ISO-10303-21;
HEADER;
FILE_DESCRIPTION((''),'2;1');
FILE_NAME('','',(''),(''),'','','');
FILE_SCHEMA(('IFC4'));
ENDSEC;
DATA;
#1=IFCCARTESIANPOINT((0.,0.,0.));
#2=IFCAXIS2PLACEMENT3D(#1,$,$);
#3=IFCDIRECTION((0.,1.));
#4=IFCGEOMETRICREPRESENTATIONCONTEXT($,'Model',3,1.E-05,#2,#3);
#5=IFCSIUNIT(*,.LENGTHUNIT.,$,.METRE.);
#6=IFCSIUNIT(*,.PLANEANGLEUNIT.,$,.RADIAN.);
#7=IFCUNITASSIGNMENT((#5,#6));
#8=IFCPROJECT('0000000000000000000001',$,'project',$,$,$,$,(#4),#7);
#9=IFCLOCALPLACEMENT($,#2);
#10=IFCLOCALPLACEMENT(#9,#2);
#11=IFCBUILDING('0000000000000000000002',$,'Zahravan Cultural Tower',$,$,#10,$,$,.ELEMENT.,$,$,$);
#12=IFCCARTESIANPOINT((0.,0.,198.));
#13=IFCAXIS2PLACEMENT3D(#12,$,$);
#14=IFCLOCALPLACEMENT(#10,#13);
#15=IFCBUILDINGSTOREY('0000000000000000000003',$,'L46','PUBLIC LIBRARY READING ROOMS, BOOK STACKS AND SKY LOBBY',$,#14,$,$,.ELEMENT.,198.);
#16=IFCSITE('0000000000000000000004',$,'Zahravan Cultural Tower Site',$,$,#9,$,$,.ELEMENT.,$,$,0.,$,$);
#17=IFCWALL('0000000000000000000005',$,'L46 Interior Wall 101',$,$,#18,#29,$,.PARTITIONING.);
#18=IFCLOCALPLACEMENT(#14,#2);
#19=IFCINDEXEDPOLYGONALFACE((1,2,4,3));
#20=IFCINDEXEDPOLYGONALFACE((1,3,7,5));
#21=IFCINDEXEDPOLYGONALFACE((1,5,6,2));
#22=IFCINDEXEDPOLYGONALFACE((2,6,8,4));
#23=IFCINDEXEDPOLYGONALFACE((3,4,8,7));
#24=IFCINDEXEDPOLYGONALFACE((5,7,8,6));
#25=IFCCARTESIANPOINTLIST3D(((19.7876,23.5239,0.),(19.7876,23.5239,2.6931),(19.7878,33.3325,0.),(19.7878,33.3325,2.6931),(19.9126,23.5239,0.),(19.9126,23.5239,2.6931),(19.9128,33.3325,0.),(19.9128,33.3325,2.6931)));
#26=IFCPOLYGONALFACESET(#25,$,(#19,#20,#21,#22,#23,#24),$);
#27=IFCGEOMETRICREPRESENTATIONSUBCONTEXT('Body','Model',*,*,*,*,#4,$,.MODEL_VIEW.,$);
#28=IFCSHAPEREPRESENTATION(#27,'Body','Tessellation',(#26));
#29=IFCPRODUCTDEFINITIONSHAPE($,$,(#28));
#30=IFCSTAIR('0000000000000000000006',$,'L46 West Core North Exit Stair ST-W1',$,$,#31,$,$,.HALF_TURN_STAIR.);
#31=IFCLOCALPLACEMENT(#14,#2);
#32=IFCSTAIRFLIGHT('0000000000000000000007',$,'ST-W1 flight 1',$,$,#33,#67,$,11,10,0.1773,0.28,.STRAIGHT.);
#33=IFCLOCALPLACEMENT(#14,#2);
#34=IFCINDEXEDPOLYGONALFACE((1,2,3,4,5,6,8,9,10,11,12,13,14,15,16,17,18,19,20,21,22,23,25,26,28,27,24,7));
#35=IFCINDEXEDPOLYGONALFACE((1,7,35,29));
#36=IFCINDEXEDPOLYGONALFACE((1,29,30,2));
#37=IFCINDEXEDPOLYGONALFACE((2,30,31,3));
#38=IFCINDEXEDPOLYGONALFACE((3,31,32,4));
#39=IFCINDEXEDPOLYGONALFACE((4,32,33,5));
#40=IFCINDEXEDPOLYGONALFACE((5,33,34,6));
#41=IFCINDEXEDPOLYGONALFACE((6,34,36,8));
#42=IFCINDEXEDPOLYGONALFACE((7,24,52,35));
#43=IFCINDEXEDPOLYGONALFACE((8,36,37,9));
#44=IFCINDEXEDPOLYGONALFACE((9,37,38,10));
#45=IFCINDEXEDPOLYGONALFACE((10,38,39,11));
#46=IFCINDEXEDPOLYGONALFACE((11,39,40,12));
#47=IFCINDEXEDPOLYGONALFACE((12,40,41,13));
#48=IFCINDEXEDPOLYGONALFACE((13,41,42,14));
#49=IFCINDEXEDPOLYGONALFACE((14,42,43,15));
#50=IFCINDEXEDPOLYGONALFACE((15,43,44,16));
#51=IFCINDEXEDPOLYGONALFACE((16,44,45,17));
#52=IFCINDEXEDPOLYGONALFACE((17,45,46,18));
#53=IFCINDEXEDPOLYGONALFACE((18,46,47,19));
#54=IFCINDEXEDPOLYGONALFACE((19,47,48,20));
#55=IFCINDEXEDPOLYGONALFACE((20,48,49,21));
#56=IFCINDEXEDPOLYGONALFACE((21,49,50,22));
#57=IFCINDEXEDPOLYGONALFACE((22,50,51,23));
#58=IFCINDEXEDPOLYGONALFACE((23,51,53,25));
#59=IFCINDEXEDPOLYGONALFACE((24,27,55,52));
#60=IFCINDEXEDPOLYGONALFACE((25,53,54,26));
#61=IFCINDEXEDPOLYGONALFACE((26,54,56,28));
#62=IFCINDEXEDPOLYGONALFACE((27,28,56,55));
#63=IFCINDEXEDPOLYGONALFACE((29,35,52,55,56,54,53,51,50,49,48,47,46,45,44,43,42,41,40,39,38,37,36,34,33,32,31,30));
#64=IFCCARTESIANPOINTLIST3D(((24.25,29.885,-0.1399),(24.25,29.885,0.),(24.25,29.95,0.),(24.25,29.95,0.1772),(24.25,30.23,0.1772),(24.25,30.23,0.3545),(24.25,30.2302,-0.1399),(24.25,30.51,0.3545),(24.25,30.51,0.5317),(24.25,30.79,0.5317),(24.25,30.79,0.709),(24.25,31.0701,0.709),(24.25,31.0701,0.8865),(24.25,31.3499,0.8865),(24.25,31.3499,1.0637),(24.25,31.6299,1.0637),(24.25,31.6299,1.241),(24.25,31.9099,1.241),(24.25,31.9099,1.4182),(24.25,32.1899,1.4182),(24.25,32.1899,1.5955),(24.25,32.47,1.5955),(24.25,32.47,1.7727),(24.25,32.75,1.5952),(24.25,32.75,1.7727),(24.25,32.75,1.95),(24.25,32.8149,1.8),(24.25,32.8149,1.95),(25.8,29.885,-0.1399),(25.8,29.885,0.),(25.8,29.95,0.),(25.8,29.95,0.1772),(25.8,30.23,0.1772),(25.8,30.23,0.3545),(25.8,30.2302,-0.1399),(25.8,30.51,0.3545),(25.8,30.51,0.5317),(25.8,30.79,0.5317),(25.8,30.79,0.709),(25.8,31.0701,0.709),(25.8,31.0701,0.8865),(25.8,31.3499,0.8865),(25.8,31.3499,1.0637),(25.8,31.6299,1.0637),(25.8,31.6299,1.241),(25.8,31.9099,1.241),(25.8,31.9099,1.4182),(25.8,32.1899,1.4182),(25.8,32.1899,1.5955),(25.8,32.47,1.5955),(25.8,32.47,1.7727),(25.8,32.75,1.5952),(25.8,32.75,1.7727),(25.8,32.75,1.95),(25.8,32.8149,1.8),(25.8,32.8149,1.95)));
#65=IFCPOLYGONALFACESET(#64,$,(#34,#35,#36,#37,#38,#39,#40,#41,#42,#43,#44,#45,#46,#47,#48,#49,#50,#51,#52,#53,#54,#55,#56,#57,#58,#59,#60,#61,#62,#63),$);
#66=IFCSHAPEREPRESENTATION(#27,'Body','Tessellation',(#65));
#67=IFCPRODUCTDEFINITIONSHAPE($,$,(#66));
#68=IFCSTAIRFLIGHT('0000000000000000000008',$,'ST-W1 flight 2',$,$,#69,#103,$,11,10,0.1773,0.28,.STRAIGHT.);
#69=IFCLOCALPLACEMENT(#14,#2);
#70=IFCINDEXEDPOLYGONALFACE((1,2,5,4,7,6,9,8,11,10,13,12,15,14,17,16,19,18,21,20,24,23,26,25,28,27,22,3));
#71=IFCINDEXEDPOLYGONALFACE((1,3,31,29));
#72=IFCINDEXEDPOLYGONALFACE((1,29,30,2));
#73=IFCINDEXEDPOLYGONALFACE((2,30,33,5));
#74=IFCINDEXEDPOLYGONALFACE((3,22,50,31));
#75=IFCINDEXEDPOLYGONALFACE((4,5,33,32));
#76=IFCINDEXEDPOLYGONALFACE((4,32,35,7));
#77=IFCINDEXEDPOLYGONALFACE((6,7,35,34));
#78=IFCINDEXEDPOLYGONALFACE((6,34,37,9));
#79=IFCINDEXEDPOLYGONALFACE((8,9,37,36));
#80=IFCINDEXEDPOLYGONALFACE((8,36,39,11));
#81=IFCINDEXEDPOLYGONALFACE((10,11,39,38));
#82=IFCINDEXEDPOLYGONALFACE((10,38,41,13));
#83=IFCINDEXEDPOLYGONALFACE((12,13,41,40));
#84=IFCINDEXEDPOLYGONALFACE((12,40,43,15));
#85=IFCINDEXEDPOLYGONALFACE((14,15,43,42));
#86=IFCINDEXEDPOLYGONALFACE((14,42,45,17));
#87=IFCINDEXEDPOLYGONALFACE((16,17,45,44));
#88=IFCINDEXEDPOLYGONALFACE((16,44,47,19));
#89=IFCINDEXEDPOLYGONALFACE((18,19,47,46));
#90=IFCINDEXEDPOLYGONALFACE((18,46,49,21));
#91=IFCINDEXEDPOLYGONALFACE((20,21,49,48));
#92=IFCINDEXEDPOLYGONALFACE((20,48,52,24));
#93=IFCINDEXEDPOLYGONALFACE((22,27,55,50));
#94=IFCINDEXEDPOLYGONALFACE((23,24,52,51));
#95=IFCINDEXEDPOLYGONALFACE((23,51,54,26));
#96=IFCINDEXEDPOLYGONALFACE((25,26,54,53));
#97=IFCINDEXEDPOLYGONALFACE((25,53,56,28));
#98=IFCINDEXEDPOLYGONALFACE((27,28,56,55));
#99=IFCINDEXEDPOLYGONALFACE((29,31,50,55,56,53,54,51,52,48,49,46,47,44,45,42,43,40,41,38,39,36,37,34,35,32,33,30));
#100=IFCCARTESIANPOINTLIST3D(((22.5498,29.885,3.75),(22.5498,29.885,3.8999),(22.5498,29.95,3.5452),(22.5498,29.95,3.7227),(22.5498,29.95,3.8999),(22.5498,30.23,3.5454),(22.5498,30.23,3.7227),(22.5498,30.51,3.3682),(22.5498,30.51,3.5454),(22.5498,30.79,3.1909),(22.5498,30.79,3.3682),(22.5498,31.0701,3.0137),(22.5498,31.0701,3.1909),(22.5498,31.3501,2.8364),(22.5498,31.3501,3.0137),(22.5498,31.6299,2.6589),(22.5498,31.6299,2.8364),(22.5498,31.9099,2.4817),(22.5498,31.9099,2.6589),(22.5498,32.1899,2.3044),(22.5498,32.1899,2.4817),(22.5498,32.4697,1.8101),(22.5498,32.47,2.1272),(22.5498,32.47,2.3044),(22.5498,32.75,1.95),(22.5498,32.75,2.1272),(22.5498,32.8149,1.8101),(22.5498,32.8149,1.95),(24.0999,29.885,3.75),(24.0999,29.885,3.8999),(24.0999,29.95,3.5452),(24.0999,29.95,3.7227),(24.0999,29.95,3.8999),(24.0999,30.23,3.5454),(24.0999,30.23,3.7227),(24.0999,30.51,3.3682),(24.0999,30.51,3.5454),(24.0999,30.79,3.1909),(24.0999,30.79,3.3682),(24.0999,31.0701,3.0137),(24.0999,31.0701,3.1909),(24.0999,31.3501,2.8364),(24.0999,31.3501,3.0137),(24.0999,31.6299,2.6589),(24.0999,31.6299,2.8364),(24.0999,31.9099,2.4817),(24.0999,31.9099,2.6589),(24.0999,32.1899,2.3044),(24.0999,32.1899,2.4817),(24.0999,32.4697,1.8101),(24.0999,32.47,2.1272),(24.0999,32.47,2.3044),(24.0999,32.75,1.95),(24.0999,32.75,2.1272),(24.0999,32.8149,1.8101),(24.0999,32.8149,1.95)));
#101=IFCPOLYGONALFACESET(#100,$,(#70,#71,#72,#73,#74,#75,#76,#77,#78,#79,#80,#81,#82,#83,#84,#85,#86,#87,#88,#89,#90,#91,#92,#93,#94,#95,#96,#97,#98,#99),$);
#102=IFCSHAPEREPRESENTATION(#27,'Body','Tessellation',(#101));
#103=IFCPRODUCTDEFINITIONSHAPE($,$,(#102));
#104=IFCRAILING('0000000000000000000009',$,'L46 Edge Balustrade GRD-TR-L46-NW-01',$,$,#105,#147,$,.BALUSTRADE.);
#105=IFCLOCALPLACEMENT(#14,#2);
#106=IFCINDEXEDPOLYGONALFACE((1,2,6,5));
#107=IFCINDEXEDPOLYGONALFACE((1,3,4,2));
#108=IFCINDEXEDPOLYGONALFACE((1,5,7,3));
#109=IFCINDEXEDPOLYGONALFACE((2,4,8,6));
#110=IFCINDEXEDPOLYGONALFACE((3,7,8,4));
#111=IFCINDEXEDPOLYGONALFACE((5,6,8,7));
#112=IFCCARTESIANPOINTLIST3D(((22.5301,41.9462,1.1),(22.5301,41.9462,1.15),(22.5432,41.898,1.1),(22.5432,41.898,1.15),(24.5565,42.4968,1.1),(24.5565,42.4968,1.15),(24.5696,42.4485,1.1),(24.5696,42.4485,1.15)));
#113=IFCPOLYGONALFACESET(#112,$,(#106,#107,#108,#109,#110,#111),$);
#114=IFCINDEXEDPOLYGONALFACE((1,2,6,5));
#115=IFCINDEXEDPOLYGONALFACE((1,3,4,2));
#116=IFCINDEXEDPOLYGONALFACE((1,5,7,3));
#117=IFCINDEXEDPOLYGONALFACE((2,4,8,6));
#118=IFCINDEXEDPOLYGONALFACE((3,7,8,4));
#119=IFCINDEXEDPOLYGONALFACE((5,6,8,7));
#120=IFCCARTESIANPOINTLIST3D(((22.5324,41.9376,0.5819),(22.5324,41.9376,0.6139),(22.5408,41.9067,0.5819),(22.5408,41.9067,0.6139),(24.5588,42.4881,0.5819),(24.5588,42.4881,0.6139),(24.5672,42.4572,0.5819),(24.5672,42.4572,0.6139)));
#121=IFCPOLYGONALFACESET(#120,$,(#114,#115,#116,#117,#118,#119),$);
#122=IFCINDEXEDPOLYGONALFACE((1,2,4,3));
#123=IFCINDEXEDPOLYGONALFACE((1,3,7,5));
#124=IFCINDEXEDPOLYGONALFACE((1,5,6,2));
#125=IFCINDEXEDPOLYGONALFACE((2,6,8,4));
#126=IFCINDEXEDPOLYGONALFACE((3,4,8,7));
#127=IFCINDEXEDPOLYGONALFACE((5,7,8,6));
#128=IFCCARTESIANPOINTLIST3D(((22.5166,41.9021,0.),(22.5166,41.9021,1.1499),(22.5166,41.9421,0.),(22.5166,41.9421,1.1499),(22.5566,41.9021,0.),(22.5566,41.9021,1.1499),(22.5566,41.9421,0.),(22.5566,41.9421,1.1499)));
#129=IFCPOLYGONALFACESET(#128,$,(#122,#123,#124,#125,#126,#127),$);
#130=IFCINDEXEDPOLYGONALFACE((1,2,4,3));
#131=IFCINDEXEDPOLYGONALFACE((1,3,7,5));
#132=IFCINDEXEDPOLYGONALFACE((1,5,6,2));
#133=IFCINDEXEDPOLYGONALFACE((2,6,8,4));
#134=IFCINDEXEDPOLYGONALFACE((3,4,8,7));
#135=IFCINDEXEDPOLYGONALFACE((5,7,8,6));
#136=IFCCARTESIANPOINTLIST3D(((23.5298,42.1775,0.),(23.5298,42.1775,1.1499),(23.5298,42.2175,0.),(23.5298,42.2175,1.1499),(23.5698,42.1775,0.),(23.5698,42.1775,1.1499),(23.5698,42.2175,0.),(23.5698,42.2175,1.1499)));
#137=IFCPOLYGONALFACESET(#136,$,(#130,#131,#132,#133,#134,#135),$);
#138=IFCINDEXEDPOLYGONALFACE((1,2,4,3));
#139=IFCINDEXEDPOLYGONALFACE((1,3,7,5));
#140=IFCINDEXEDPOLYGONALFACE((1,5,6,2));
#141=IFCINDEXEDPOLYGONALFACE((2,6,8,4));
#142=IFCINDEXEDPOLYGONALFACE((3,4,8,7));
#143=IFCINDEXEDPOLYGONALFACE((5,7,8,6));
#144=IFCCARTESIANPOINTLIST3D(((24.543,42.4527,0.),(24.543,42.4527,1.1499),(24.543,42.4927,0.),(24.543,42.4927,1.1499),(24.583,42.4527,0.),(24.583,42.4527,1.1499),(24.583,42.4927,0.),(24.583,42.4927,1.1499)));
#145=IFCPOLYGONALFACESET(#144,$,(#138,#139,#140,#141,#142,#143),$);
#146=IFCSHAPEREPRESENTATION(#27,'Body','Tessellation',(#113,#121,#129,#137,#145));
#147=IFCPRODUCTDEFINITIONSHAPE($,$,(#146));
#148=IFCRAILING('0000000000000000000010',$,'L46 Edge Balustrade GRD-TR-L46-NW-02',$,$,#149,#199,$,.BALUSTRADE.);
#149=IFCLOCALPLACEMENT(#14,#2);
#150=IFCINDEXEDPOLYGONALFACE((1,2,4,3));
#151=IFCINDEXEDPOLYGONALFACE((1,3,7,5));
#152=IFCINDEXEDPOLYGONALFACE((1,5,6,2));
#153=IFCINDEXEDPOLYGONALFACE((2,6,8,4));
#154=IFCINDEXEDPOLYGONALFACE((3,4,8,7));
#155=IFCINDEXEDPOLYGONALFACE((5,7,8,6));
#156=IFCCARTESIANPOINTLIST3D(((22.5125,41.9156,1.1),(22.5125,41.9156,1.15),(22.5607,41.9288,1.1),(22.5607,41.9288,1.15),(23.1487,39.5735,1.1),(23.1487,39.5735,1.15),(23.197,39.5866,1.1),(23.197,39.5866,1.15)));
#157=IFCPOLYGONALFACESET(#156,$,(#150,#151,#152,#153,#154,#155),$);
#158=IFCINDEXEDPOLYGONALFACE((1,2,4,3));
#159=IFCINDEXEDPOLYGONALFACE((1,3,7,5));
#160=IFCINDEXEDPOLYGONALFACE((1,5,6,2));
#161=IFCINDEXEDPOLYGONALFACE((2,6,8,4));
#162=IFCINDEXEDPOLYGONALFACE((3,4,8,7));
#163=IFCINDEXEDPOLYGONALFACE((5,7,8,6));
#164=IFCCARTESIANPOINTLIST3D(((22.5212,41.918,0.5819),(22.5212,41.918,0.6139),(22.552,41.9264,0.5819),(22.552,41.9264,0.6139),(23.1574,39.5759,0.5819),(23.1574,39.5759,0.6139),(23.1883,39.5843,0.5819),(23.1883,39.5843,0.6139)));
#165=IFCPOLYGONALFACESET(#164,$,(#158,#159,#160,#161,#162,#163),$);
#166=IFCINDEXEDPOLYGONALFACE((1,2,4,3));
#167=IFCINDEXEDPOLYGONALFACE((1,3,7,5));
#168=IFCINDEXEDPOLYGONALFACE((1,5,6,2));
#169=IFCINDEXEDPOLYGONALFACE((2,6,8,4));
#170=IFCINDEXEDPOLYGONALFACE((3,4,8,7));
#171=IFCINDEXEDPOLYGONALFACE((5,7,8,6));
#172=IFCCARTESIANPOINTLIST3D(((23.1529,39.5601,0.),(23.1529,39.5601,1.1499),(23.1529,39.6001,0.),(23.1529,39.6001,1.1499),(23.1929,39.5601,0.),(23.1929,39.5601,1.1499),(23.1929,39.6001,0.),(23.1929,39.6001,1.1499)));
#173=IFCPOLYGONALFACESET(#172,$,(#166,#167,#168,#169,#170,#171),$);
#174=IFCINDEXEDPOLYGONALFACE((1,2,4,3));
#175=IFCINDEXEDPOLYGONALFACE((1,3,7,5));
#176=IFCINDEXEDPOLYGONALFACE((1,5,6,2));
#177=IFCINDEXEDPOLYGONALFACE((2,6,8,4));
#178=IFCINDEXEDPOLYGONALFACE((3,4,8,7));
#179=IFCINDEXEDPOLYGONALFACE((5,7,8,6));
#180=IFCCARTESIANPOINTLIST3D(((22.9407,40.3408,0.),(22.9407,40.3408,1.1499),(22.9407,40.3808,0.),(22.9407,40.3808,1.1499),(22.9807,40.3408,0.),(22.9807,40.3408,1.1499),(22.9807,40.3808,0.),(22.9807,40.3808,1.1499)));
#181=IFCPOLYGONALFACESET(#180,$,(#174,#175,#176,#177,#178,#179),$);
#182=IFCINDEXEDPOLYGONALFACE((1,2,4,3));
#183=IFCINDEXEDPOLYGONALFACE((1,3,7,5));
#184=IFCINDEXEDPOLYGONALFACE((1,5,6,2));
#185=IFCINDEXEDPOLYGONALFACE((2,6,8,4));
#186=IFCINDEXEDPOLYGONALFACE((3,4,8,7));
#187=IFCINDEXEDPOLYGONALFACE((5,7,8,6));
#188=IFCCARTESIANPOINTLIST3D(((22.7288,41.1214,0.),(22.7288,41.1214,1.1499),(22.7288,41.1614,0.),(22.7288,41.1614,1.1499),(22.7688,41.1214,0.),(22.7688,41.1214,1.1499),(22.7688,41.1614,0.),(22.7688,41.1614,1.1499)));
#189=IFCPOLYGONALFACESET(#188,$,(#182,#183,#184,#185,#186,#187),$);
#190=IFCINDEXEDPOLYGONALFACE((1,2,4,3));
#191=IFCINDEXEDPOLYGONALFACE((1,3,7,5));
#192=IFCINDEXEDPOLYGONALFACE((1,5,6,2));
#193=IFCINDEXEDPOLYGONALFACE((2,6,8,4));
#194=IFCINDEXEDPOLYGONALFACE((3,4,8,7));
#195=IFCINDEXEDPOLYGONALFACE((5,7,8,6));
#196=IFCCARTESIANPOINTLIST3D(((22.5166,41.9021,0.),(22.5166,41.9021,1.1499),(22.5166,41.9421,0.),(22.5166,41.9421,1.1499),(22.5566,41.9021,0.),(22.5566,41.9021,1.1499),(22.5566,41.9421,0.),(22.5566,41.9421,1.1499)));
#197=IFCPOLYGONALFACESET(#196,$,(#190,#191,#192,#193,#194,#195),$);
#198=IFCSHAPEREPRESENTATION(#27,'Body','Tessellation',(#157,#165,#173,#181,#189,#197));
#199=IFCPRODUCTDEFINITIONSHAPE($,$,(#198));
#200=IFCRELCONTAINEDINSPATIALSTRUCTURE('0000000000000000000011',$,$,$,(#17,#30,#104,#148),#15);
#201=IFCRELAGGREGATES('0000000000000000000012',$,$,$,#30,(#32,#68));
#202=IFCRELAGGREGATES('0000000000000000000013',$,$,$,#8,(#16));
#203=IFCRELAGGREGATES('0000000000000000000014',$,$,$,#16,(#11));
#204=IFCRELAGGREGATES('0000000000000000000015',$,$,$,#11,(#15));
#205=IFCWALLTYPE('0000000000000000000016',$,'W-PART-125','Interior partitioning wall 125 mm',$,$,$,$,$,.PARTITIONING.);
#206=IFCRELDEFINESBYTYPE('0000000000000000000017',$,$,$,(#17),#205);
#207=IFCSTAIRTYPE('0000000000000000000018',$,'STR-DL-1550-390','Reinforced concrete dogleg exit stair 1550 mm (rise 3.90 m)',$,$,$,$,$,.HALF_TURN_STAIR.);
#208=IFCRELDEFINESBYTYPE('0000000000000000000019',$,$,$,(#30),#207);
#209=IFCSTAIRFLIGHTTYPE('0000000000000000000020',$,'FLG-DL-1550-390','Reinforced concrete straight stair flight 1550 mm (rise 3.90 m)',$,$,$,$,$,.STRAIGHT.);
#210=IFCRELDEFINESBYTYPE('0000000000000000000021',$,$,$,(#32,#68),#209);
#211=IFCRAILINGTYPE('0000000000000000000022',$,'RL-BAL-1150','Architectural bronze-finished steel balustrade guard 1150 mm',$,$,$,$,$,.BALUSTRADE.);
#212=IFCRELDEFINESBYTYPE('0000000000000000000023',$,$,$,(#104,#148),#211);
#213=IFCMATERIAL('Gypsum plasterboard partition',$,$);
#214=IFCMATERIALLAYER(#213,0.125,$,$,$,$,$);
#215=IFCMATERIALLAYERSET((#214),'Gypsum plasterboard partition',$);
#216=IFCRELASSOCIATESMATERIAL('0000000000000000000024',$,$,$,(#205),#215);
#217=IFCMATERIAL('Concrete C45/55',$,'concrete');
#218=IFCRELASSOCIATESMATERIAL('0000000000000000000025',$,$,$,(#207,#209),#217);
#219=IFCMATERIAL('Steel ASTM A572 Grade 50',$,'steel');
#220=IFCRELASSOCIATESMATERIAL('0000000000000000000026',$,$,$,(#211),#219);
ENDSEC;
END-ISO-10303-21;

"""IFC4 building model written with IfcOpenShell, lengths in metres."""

from ifc_helpers import new_model, si_unit, direction, frame, frame_2d, origin, origin_2d, place, context, subcontext, project, spatial, polyline, rectangle, outline, extrude, source, transform, mapped, material, layer, layer_set, type_object, element, aggregate, save


model = new_model("IFC4")

# Units and contexts
model_context = context("Model", 3, precision=1e-05, world=origin(), true_north=direction((0.0, 1.0)))
body_context = subcontext(model_context, "Body", "Model", "MODEL_VIEW")
ifc_project = project(units=[si_unit("LENGTHUNIT", "METRE"), si_unit("PLANEANGLEUNIT", "RADIAN")], contexts=[model_context])

# Site, building, storey
site_placement = place(None, origin())
site = spatial("IfcSite", under=ifc_project, at=site_placement, Name="Zahravan Cultural Tower Site", CompositionType="ELEMENT", RefElevation=0.0)
building_placement = place(site_placement, origin())
building = spatial("IfcBuilding", under=site, at=building_placement, Name="Zahravan Cultural Tower", CompositionType="ELEMENT")
storey_placement = place(building_placement, frame((0.0, 0.0, 198.0)))
storey = spatial("IfcBuildingStorey", under=building, at=storey_placement, Name="L46", Description="PUBLIC LIBRARY READING ROOMS, BOOK STACKS AND SKY LOBBY", CompositionType="ELEMENT", Elevation=198.0)

# Wall
ifc_material_1 = material(Name="Concrete C45/55", Category="concrete")
ifc_material_2 = material(Name="Gypsum plasterboard partition")
ifc_layer_1 = layer(ifc_material_2, 0.125)
ifc_layer_set_1 = layer_set([ifc_layer_1], Name="Gypsum plasterboard partition")
wall_type_1 = type_object("IfcWallType", Name="W-PART-125", Description="Interior partitioning wall 125 mm", PredefinedType="PARTITIONING", material=ifc_layer_set_1)
shared_shape_1 = source(origin(), body_context, "Body", "SweptSolid", [
    extrude(rectangle(XDim=9.8086, YDim=0.125, at=frame_2d((4.9043, 0.0))), origin(), (0.0, 0.0, 1.0), 2.6931),
])
wall_1_placement = place(storey_placement, frame((19.8503, 33.3325, 0.0), z_axis=(0.0, 0.0, 1.0), x_axis=(-0.000025, -1.0, 0.0)))
element("IfcWall", 1, at=wall_1_placement, inside=storey, type_object=wall_type_1, Name="L46 Interior Wall 101", PredefinedType="PARTITIONING", context=body_context, shape_type="MappedRepresentation", body=[
    mapped(shared_shape_1, transform((0.0, 0.0, 0.0), x_axis=(1.0, 0.0, 0.0), y_axis=(0.0, 1.0, 0.0), z_axis=(0.0, 0.0, 1.0), scale=1.0)),
])

# Stair, stair flights
stair_type = type_object("IfcStairType", Name="STR-DL-1550-390", Description="Reinforced concrete dogleg exit stair 1550 mm (rise 3.90 m)", PredefinedType="HALF_TURN_STAIR", material=ifc_material_1)
stair_placement = place(storey_placement, origin())
stair = element("IfcStair", 2, at=stair_placement, inside=storey, type_object=stair_type, Name="L46 West Core North Exit Stair ST-W1", PredefinedType="HALF_TURN_STAIR")
stair_flight_type = type_object("IfcStairFlightType", Name="FLG-DL-1550-390", Description="Reinforced concrete straight stair flight 1550 mm (rise 3.90 m)", PredefinedType="STRAIGHT", material=ifc_material_1)
stair_flight_1_placement = place(storey_placement, frame((25.0249, 29.95, 0.0), z_axis=(0.0, 0.0, 1.0), x_axis=(0.0, 1.0, 0.0)))
stair_flight_1 = element("IfcStairFlight", 3, at=stair_flight_1_placement, type_object=stair_flight_type, Name="ST-W1 flight 1", NumberOfRisers=11, NumberOfTreads=10, PredefinedType="STRAIGHT", RiserHeight=0.1773, TreadLength=0.28, context=body_context, shape_type="SweptSolid", body=[
    extrude(outline(polyline([(-0.0649, -0.1399), (-0.0649, 0.0), (0.0, 0.0), (0.0, 0.1772), (0.28, 0.1772), (0.28, 0.3545), (0.5601, 0.3545), (0.5601, 0.5317), (0.8401, 0.5317), (0.8401, 0.709), (1.1201, 0.709), (1.1201, 0.8865), (1.3999, 0.8865), (1.3999, 1.0637), (1.6799, 1.0637), (1.6799, 1.241), (1.96, 1.241), (1.96, 1.4182), (2.24, 1.4182), (2.24, 1.5955), (2.52, 1.5955), (2.52, 1.7727), (2.8, 1.7727), (2.8, 1.95), (2.865, 1.95), (2.865, 1.8), (2.8, 1.5952), (0.2803, -0.1399), (-0.0649, -0.1399)])), frame((0.0, 0.7749, 0.0), z_axis=(0.0, -1.0, 0.0), x_axis=(1.0, 0.0, 0.0)), (0.0, 0.0, 1.0), 1.55),
])
stair_flight_2_placement = place(storey_placement, frame((23.325, 32.75, 1.95), z_axis=(0.0, 0.0, 1.0), x_axis=(0.0, -1.0, 0.0)))
stair_flight_2 = element("IfcStairFlight", 4, at=stair_flight_2_placement, type_object=stair_flight_type, Name="ST-W1 flight 2", NumberOfRisers=11, NumberOfTreads=10, PredefinedType="STRAIGHT", RiserHeight=0.1773, TreadLength=0.28, context=body_context, shape_type="SweptSolid", body=[
    extrude(outline(polyline([(-0.0649, -0.1399), (-0.0649, 0.0), (0.0, 0.0), (0.0, 0.1772), (0.28, 0.1772), (0.28, 0.3545), (0.5601, 0.3545), (0.5601, 0.5317), (0.8401, 0.5317), (0.8401, 0.709), (1.1201, 0.709), (1.1201, 0.8865), (1.3999, 0.8865), (1.3999, 1.0637), (1.6799, 1.0637), (1.6799, 1.241), (1.96, 1.241), (1.96, 1.4182), (2.24, 1.4182), (2.24, 1.5955), (2.52, 1.5955), (2.52, 1.7727), (2.8, 1.7727), (2.8, 1.95), (2.865, 1.95), (2.865, 1.8), (2.8, 1.5952), (0.2803, -0.1399), (-0.0649, -0.1399)])), frame((0.0, 0.7749, 0.0), z_axis=(0.0, -1.0, 0.0), x_axis=(1.0, 0.0, 0.0)), (0.0, 0.0, 1.0), 1.55),
])
aggregate(stair, [stair_flight_1, stair_flight_2])

# Railings
ifc_material_3 = material(Name="Steel ASTM A572 Grade 50", Category="steel")
railing_type_1 = type_object("IfcRailingType", Name="RL-BAL-1150", Description="Architectural bronze-finished steel balustrade guard 1150 mm", PredefinedType="BALUSTRADE", material=ifc_material_3)
railing_1_placement = place(storey_placement, frame((22.5366, 41.9221, 0.0)))
element("IfcRailing", 5, at=railing_1_placement, inside=storey, type_object=railing_type_1, Name="L46 Edge Balustrade GRD-TR-L46-NW-01", PredefinedType="BALUSTRADE", context=body_context, shape_type="SweptSolid", body=[
    extrude(rectangle(XDim=0.05, YDim=0.05, at=origin_2d()), frame((0.0, 0.0, 1.125), z_axis=(0.965018, 0.262183, 0.0), x_axis=(-0.262183, 0.965018, 0.0)), (0.0, 0.0, 1.0), 2.0999),
    extrude(rectangle(XDim=0.032, YDim=0.032, at=origin_2d()), frame((0.0, 0.0, 0.5979), z_axis=(0.965018, 0.262183, 0.0), x_axis=(-0.262183, 0.965018, 0.0)), (0.0, 0.0, 1.0), 2.0999),
    extrude(rectangle(XDim=0.04, YDim=0.04, at=origin_2d()), origin(), (0.0, 0.0, 1.0), 1.1499),
    extrude(rectangle(XDim=0.04, YDim=0.04, at=origin_2d()), frame((1.0132, 0.2754, 0.0)), (0.0, 0.0, 1.0), 1.1499),
    extrude(rectangle(XDim=0.04, YDim=0.04, at=origin_2d()), frame((2.0264, 0.5505, 0.0)), (0.0, 0.0, 1.0), 1.1499),
])
railing_2_placement = place(storey_placement, frame((23.1729, 39.5801, 0.0)))
element("IfcRailing", 6, at=railing_2_placement, inside=storey, type_object=railing_type_1, Name="L46 Edge Balustrade GRD-TR-L46-NW-02", PredefinedType="BALUSTRADE", context=body_context, shape_type="SweptSolid", body=[
    extrude(rectangle(XDim=0.05, YDim=0.05, at=origin_2d()), frame((0.0, 0.0, 1.125), z_axis=(-0.262155, 0.965026, 0.0), x_axis=(-0.965026, -0.262155, 0.0)), (0.0, 0.0, 1.0), 2.427),
    extrude(rectangle(XDim=0.032, YDim=0.032, at=origin_2d()), frame((0.0, 0.0, 0.5979), z_axis=(-0.262155, 0.965026, 0.0), x_axis=(-0.965026, -0.262155, 0.0)), (0.0, 0.0, 1.0), 2.427),
    extrude(rectangle(XDim=0.04, YDim=0.04, at=origin_2d()), origin(), (0.0, 0.0, 1.0), 1.1499),
    extrude(rectangle(XDim=0.04, YDim=0.04, at=origin_2d()), frame((-0.2122, 0.7808, 0.0)), (0.0, 0.0, 1.0), 1.1499),
    extrude(rectangle(XDim=0.04, YDim=0.04, at=origin_2d()), frame((-0.4241, 1.5613, 0.0)), (0.0, 0.0, 1.0), 1.1499),
    extrude(rectangle(XDim=0.04, YDim=0.04, at=origin_2d()), frame((-0.6362, 2.342, 0.0)), (0.0, 0.0, 1.0), 1.1499),
])

save(model, "model.ifc")
